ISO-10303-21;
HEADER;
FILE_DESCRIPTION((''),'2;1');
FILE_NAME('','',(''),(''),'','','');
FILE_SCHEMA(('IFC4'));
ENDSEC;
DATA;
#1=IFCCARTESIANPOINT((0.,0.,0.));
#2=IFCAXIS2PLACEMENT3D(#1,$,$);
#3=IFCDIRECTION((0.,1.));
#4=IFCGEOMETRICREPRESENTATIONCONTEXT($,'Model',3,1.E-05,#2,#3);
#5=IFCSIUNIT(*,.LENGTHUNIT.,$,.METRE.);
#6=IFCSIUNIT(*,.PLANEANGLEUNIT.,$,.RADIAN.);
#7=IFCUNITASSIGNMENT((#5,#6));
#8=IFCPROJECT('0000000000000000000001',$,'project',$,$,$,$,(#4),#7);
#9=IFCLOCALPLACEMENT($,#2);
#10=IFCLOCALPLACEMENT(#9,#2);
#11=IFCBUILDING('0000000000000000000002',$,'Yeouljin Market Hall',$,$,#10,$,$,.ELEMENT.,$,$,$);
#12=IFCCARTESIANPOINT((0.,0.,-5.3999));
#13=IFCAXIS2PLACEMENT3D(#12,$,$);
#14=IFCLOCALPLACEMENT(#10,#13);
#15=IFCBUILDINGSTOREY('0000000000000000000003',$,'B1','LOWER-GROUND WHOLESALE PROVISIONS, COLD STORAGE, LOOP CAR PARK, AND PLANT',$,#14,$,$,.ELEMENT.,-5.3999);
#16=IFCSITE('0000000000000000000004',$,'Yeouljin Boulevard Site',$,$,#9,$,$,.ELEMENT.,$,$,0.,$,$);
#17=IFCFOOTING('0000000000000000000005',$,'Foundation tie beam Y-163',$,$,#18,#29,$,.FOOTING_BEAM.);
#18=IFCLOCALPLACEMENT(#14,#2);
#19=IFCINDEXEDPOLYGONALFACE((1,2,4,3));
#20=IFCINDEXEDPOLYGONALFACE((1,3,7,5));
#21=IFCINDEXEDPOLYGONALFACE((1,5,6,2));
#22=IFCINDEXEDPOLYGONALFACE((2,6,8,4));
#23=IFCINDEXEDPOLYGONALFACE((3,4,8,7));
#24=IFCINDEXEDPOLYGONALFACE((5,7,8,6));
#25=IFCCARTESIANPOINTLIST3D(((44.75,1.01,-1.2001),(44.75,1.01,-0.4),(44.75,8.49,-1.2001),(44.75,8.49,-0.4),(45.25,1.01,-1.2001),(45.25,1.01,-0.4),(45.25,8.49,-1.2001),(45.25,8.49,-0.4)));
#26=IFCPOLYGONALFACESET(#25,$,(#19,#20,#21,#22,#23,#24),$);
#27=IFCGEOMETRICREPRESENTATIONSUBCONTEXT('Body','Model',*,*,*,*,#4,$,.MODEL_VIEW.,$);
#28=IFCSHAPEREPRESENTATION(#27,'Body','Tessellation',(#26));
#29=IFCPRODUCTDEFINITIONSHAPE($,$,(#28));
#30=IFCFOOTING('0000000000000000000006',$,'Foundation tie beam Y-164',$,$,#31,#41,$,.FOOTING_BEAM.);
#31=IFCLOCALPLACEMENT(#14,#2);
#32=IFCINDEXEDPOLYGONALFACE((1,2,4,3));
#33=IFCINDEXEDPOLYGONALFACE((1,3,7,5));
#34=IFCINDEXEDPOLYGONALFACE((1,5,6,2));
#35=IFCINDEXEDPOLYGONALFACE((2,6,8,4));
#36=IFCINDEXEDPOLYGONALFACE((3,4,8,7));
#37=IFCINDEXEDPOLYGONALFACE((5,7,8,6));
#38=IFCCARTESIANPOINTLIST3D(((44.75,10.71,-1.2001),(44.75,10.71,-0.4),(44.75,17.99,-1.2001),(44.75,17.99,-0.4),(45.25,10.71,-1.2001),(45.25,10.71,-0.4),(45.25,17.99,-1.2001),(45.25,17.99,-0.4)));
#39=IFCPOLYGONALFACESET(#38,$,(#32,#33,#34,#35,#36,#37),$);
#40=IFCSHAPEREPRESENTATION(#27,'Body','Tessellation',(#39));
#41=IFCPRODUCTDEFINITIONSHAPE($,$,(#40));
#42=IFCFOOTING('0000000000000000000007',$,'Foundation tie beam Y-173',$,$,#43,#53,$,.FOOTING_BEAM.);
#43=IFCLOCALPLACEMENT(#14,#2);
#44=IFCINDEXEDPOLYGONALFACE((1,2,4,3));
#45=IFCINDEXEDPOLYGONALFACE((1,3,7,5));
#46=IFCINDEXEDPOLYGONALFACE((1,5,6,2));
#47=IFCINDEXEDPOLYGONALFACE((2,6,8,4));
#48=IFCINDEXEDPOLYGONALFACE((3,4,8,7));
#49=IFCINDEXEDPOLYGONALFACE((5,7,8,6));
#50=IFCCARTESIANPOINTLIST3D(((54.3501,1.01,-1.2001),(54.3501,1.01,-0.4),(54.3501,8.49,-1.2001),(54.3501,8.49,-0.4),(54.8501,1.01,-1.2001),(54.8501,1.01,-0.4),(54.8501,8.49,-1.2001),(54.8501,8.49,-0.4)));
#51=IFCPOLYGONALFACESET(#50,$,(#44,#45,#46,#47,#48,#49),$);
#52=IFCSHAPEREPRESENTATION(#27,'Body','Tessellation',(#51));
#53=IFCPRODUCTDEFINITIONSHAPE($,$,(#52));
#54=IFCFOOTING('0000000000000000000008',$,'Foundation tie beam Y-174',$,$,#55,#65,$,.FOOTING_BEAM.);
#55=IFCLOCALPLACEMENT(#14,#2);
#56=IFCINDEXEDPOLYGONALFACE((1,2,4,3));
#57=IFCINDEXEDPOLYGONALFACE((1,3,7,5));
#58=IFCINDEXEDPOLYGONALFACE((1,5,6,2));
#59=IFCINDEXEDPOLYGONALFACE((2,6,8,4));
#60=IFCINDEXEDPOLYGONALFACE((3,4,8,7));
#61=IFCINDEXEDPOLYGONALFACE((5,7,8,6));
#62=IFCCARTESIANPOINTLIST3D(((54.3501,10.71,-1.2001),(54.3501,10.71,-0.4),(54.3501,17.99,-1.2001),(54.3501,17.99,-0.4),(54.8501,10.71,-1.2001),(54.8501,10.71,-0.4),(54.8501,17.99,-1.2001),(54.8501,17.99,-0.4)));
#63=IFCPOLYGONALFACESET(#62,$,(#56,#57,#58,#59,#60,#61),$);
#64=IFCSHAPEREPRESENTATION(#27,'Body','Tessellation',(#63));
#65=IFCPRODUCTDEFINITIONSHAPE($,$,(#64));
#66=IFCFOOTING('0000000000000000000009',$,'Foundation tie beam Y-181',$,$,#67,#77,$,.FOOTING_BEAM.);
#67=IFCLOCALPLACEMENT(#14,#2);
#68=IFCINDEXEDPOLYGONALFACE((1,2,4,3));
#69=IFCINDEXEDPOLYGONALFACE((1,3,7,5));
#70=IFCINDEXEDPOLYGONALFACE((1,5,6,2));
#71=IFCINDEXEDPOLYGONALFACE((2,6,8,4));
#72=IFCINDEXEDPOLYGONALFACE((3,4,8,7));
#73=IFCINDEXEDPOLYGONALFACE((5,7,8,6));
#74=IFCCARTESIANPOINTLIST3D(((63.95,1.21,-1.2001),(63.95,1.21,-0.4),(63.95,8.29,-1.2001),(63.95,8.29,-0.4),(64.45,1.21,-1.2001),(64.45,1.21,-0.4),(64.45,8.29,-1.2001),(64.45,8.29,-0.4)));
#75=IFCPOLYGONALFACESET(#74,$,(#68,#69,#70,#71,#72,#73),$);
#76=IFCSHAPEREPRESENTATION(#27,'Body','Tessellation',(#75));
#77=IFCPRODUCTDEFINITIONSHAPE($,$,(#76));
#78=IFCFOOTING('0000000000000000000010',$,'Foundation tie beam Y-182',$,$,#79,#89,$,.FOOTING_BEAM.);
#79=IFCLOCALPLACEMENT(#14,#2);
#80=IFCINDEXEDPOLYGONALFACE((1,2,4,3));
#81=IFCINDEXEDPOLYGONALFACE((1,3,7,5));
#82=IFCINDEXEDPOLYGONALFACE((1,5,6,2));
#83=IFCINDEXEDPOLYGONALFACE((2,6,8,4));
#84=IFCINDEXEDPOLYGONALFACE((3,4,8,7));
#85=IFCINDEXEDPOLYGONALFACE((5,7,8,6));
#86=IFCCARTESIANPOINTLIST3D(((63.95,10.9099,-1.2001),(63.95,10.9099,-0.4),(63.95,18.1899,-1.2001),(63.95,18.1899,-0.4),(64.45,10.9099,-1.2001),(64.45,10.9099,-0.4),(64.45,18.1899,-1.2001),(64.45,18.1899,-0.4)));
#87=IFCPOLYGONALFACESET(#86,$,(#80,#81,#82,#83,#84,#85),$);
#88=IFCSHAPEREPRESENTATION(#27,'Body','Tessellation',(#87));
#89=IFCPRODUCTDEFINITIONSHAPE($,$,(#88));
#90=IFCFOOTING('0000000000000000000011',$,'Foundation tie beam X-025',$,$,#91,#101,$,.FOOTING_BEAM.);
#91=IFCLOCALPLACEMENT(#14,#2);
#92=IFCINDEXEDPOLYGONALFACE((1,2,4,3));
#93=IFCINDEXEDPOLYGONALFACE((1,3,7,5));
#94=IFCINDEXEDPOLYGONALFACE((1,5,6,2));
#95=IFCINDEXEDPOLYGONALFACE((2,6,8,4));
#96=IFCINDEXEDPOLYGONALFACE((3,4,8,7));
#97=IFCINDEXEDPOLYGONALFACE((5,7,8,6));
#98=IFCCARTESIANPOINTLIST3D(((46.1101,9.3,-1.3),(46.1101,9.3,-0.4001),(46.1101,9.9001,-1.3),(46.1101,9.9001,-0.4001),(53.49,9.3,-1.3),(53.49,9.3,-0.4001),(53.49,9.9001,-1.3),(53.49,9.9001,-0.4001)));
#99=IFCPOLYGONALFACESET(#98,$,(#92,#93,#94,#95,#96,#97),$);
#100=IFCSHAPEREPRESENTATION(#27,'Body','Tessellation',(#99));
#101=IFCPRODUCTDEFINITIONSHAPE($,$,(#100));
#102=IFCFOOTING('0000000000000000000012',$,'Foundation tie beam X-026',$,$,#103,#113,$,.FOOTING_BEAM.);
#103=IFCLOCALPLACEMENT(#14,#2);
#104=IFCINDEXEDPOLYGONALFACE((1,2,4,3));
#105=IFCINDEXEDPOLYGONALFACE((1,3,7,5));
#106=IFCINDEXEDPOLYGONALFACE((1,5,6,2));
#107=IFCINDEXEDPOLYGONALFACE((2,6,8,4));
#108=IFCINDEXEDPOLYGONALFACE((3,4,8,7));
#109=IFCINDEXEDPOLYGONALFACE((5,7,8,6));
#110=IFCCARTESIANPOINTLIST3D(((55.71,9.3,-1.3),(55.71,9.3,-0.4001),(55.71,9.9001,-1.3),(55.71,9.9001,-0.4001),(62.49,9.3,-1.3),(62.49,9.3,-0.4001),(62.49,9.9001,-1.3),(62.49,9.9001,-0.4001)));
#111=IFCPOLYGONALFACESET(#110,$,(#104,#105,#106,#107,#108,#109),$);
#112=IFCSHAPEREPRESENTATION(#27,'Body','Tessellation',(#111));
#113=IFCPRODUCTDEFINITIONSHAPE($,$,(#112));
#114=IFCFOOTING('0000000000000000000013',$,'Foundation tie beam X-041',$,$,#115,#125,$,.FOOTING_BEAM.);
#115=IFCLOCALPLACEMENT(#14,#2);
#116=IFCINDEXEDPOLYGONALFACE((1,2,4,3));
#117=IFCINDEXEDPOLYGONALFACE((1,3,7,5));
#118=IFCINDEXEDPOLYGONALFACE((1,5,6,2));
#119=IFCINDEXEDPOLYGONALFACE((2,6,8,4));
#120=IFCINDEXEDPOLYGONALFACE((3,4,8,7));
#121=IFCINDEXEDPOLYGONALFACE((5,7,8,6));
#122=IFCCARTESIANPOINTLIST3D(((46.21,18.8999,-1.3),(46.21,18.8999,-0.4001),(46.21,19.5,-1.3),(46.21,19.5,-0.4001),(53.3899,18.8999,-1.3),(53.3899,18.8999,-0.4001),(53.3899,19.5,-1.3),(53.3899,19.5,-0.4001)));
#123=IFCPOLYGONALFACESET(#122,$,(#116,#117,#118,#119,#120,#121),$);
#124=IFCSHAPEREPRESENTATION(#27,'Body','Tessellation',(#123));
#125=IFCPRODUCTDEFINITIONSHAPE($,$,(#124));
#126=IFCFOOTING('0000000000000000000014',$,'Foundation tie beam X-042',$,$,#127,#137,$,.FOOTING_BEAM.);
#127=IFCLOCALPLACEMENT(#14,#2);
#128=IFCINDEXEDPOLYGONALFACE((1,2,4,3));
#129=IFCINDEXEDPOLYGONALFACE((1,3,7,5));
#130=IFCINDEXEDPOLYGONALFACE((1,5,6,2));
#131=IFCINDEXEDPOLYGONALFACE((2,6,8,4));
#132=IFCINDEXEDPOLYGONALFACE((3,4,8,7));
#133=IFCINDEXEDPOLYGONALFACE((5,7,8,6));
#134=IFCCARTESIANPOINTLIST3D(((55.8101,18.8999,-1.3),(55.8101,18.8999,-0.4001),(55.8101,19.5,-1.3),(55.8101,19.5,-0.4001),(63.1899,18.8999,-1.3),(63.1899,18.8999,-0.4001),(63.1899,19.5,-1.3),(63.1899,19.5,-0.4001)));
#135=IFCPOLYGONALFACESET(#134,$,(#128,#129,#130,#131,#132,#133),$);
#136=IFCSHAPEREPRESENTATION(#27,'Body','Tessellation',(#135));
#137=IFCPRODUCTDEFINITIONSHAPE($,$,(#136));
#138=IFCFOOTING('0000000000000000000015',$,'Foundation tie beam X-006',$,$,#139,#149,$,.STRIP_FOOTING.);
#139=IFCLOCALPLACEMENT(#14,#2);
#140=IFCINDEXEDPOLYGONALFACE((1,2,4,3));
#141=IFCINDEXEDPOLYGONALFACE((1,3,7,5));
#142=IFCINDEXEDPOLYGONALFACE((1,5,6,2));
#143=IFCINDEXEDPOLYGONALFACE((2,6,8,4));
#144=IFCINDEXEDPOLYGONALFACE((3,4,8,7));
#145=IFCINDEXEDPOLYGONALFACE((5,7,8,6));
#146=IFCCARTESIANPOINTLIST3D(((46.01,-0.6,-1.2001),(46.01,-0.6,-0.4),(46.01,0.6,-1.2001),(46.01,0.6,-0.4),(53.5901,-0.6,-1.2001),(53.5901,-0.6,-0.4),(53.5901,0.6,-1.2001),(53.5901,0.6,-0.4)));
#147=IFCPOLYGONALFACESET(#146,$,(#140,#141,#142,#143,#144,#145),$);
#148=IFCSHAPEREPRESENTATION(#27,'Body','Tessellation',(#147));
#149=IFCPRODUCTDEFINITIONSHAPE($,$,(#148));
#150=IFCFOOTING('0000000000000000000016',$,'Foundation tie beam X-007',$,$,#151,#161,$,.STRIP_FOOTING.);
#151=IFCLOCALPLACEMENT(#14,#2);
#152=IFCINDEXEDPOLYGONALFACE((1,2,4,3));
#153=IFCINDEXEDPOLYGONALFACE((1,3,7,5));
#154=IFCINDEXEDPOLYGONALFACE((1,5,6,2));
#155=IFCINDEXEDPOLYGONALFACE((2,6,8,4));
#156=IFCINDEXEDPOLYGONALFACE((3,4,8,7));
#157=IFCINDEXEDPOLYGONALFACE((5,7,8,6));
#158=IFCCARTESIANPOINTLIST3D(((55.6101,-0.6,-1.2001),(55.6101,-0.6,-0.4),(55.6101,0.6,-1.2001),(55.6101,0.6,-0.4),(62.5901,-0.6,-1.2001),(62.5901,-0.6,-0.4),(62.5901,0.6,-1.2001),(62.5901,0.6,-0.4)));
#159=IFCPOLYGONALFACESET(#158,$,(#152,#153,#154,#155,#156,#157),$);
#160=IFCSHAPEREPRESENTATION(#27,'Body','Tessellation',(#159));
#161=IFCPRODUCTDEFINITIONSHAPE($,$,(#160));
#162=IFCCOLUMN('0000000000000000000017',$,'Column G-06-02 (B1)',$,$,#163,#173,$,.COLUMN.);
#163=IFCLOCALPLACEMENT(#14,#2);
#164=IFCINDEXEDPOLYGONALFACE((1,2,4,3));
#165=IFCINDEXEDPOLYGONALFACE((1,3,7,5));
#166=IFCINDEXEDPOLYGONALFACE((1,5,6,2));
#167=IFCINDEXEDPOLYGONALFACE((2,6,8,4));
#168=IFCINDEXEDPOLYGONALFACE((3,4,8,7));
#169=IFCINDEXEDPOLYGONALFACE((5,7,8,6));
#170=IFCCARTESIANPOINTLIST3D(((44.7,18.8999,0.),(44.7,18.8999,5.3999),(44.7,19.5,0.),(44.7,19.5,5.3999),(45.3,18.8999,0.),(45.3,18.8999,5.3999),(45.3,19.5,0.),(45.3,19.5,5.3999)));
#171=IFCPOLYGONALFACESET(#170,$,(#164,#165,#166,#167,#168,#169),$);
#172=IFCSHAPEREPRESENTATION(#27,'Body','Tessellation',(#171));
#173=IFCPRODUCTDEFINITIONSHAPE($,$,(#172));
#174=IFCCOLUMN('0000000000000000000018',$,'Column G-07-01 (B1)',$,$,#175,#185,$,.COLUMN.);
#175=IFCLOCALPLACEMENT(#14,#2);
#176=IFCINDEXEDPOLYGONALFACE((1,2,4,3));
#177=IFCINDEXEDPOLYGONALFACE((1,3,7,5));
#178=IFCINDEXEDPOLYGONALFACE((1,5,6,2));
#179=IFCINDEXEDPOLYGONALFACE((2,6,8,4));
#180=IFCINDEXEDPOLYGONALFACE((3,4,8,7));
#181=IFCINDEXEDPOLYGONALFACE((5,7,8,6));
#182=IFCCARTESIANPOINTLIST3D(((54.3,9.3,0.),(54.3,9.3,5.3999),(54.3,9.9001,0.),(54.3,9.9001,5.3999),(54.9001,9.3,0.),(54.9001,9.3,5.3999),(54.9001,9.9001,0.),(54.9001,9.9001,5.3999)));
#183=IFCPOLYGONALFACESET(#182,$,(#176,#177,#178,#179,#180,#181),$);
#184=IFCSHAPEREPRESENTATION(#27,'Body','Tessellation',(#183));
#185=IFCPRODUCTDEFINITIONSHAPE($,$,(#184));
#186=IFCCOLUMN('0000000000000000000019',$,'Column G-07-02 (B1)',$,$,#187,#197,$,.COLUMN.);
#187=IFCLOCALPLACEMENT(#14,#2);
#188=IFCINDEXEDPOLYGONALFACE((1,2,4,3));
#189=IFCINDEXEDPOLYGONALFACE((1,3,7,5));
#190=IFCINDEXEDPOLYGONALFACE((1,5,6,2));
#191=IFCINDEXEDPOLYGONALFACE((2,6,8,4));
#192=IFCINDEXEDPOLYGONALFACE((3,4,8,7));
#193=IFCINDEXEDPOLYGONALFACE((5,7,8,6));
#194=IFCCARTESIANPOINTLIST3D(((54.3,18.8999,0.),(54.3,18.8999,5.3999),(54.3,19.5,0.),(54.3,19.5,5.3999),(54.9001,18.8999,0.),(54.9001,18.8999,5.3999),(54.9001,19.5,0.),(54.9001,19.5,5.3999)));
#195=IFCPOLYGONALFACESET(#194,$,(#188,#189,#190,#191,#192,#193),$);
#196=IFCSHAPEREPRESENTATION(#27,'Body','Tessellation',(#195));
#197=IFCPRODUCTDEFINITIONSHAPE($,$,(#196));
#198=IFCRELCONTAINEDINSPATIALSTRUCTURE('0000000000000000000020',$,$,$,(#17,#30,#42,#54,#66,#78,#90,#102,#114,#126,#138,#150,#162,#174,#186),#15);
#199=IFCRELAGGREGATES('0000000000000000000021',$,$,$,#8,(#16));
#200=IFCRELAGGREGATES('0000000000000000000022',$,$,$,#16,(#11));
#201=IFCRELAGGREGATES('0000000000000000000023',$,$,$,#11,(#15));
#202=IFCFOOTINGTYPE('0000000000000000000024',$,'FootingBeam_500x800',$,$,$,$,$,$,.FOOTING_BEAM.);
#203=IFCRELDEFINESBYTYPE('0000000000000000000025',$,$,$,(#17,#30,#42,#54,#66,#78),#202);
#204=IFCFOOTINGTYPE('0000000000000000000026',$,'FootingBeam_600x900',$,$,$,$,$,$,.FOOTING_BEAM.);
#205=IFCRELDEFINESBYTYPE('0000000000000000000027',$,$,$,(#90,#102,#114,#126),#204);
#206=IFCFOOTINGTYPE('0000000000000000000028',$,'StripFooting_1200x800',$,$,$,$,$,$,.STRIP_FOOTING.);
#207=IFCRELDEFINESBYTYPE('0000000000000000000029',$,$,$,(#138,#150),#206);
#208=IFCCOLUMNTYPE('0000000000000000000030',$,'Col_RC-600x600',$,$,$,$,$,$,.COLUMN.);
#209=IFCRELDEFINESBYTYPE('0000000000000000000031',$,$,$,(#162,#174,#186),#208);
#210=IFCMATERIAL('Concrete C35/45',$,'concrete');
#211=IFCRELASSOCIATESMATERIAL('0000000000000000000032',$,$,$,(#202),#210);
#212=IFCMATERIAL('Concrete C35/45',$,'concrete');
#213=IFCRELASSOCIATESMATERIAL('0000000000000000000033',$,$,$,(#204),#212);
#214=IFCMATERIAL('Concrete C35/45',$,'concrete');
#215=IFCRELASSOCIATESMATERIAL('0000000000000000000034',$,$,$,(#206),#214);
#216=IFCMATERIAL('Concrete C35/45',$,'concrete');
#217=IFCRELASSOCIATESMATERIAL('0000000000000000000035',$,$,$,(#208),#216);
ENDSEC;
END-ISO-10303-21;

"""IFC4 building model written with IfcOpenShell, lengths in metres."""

from ifc_helpers import new_model, si_unit, direction, frame, origin, origin_2d, place, context, subcontext, project, spatial, rectangle, extrude, material, material_profile, profile_set, type_object, element, save


model = new_model("IFC4")

# Units and contexts
model_context = context("Model", 3, precision=1e-05, world=origin(), true_north=direction((0.0, 1.0)))
body_context = subcontext(model_context, "Body", "Model", "MODEL_VIEW")
ifc_project = project(units=[si_unit("LENGTHUNIT", "METRE"), si_unit("PLANEANGLEUNIT", "RADIAN")], contexts=[model_context])

# Site, building, storey
site_placement = place(None, origin())
site = spatial("IfcSite", under=ifc_project, at=site_placement, Name="Yeouljin Boulevard Site", CompositionType="ELEMENT", RefElevation=0.0)
building_placement = place(site_placement, origin())
building = spatial("IfcBuilding", under=site, at=building_placement, Name="Yeouljin Market Hall", CompositionType="ELEMENT")
storey_placement = place(building_placement, frame((0.0, 0.0, -5.3999)))
storey = spatial("IfcBuildingStorey", under=building, at=storey_placement, Name="B1", Description="LOWER-GROUND WHOLESALE PROVISIONS, COLD STORAGE, LOOP CAR PARK, AND PLANT", CompositionType="ELEMENT", Elevation=-5.3999)

# Footings
ifc_material_1 = material(Name="Concrete C35/45", Category="concrete")
ifc_material_profile_1 = material_profile(ifc_material_1, rectangle(XDim=0.5, YDim=0.8, at=origin_2d()), Name="RC-500x800")
ifc_profile_set_1 = profile_set([ifc_material_profile_1], Name="Concrete C35/45")
footing_type_1 = type_object("IfcFootingType", Name="FootingBeam_500x800", PredefinedType="FOOTING_BEAM", material=ifc_profile_set_1)
footing_1_placement = place(storey_placement, frame((45.0, 1.01, -0.8), z_axis=(0.0, 1.0, 0.0), x_axis=(-1.0, 0.0, 0.0)))
element("IfcFooting", 1, at=footing_1_placement, inside=storey, type_object=footing_type_1, Name="Foundation tie beam Y-163", PredefinedType="FOOTING_BEAM", context=body_context, shape_type="SweptSolid", body=[
    extrude(rectangle(XDim=0.5, YDim=0.8, at=origin_2d()), origin(), (0.0, 0.0, 1.0), 7.48),
])
footing_2_placement = place(storey_placement, frame((45.0, 10.71, -0.8), z_axis=(0.0, 1.0, 0.0), x_axis=(-1.0, 0.0, 0.0)))
element("IfcFooting", 2, at=footing_2_placement, inside=storey, type_object=footing_type_1, Name="Foundation tie beam Y-164", PredefinedType="FOOTING_BEAM", context=body_context, shape_type="SweptSolid", body=[
    extrude(rectangle(XDim=0.5, YDim=0.8, at=origin_2d()), origin(), (0.0, 0.0, 1.0), 7.28),
])
footing_3_placement = place(storey_placement, frame((54.6001, 1.01, -0.8), z_axis=(0.0, 1.0, 0.0), x_axis=(-1.0, 0.0, 0.0)))
element("IfcFooting", 3, at=footing_3_placement, inside=storey, type_object=footing_type_1, Name="Foundation tie beam Y-173", PredefinedType="FOOTING_BEAM", context=body_context, shape_type="SweptSolid", body=[
    extrude(rectangle(XDim=0.5, YDim=0.8, at=origin_2d()), origin(), (0.0, 0.0, 1.0), 7.48),
])
footing_4_placement = place(storey_placement, frame((54.6001, 10.71, -0.8), z_axis=(0.0, 1.0, 0.0), x_axis=(-1.0, 0.0, 0.0)))
element("IfcFooting", 4, at=footing_4_placement, inside=storey, type_object=footing_type_1, Name="Foundation tie beam Y-174", PredefinedType="FOOTING_BEAM", context=body_context, shape_type="SweptSolid", body=[
    extrude(rectangle(XDim=0.5, YDim=0.8, at=origin_2d()), origin(), (0.0, 0.0, 1.0), 7.28),
])
footing_5_placement = place(storey_placement, frame((64.2, 1.21, -0.8), z_axis=(0.0, 1.0, 0.0), x_axis=(-1.0, 0.0, 0.0)))
element("IfcFooting", 5, at=footing_5_placement, inside=storey, type_object=footing_type_1, Name="Foundation tie beam Y-181", PredefinedType="FOOTING_BEAM", context=body_context, shape_type="SweptSolid", body=[
    extrude(rectangle(XDim=0.5, YDim=0.8, at=origin_2d()), origin(), (0.0, 0.0, 1.0), 7.0801),
])
footing_6_placement = place(storey_placement, frame((64.2, 10.9099, -0.8), z_axis=(0.0, 1.0, 0.0), x_axis=(-1.0, 0.0, 0.0)))
element("IfcFooting", 6, at=footing_6_placement, inside=storey, type_object=footing_type_1, Name="Foundation tie beam Y-182", PredefinedType="FOOTING_BEAM", context=body_context, shape_type="SweptSolid", body=[
    extrude(rectangle(XDim=0.5, YDim=0.8, at=origin_2d()), origin(), (0.0, 0.0, 1.0), 7.28),
])
ifc_material_2 = material(Name="Concrete C35/45", Category="concrete")
ifc_material_profile_2 = material_profile(ifc_material_2, rectangle(XDim=0.6001, YDim=0.8999, at=origin_2d()), Name="RC-600x900")
ifc_profile_set_2 = profile_set([ifc_material_profile_2], Name="Concrete C35/45")
footing_type_2 = type_object("IfcFootingType", Name="FootingBeam_600x900", PredefinedType="FOOTING_BEAM", material=ifc_profile_set_2)
footing_7_placement = place(storey_placement, frame((46.1101, 9.6001, -0.8501), z_axis=(1.0, 0.0, 0.0), x_axis=(0.0, 1.0, 0.0)))
element("IfcFooting", 7, at=footing_7_placement, inside=storey, type_object=footing_type_2, Name="Foundation tie beam X-025", PredefinedType="FOOTING_BEAM", context=body_context, shape_type="SweptSolid", body=[
    extrude(rectangle(XDim=0.6001, YDim=0.8999, at=origin_2d()), origin(), (0.0, 0.0, 1.0), 7.3799),
])
footing_8_placement = place(storey_placement, frame((55.71, 9.6001, -0.8501), z_axis=(1.0, 0.0, 0.0), x_axis=(0.0, 1.0, 0.0)))
element("IfcFooting", 8, at=footing_8_placement, inside=storey, type_object=footing_type_2, Name="Foundation tie beam X-026", PredefinedType="FOOTING_BEAM", context=body_context, shape_type="SweptSolid", body=[
    extrude(rectangle(XDim=0.6001, YDim=0.8999, at=origin_2d()), origin(), (0.0, 0.0, 1.0), 6.78),
])
footing_9_placement = place(storey_placement, frame((46.21, 19.2, -0.8501), z_axis=(1.0, 0.0, 0.0), x_axis=(0.0, 1.0, 0.0)))
element("IfcFooting", 9, at=footing_9_placement, inside=storey, type_object=footing_type_2, Name="Foundation tie beam X-041", PredefinedType="FOOTING_BEAM", context=body_context, shape_type="SweptSolid", body=[
    extrude(rectangle(XDim=0.6001, YDim=0.8999, at=origin_2d()), origin(), (0.0, 0.0, 1.0), 7.1799),
])
footing_10_placement = place(storey_placement, frame((55.8101, 19.2, -0.8501), z_axis=(1.0, 0.0, 0.0), x_axis=(0.0, 1.0, 0.0)))
element("IfcFooting", 10, at=footing_10_placement, inside=storey, type_object=footing_type_2, Name="Foundation tie beam X-042", PredefinedType="FOOTING_BEAM", context=body_context, shape_type="SweptSolid", body=[
    extrude(rectangle(XDim=0.6001, YDim=0.8999, at=origin_2d()), origin(), (0.0, 0.0, 1.0), 7.3799),
])
ifc_material_3 = material(Name="Concrete C35/45", Category="concrete")
ifc_material_profile_3 = material_profile(ifc_material_3, rectangle(XDim=1.2, YDim=0.8, at=origin_2d()), Name="SF-1200x800")
ifc_profile_set_3 = profile_set([ifc_material_profile_3], Name="Concrete C35/45")
footing_type_3 = type_object("IfcFootingType", Name="StripFooting_1200x800", PredefinedType="STRIP_FOOTING", material=ifc_profile_set_3)
footing_11_placement = place(storey_placement, frame((46.01, 0.0, -0.8), z_axis=(1.0, 0.0, 0.0), x_axis=(0.0, 1.0, 0.0)))
element("IfcFooting", 11, at=footing_11_placement, inside=storey, type_object=footing_type_3, Name="Foundation tie beam X-006", PredefinedType="STRIP_FOOTING", context=body_context, shape_type="SweptSolid", body=[
    extrude(rectangle(XDim=1.2, YDim=0.8, at=origin_2d()), origin(), (0.0, 0.0, 1.0), 7.5801),
])
footing_12_placement = place(storey_placement, frame((55.6101, 0.0, -0.8), z_axis=(1.0, 0.0, 0.0), x_axis=(0.0, 1.0, 0.0)))
element("IfcFooting", 12, at=footing_12_placement, inside=storey, type_object=footing_type_3, Name="Foundation tie beam X-007", PredefinedType="STRIP_FOOTING", context=body_context, shape_type="SweptSolid", body=[
    extrude(rectangle(XDim=1.2, YDim=0.8, at=origin_2d()), origin(), (0.0, 0.0, 1.0), 6.98),
])

# Columns
ifc_material_4 = material(Name="Concrete C35/45", Category="concrete")
ifc_material_profile_4 = material_profile(ifc_material_4, rectangle(XDim=0.6001, YDim=0.6001, at=origin_2d()), Name="RC-600x600")
ifc_profile_set_4 = profile_set([ifc_material_profile_4], Name="Concrete C35/45")
column_type_1 = type_object("IfcColumnType", Name="Col_RC-600x600", PredefinedType="COLUMN", material=ifc_profile_set_4)
for number, where, z_axis, x_axis, name in (
    (13, (45.0, 19.2, 0.0), (0.0, 0.0, 1.0), (1.0, 0.0, 0.0), "Column G-06-02 (B1)"),
    (14, (54.6001, 9.6001, 0.0), (0.0, 0.0, 1.0), (1.0, 0.0, 0.0), "Column G-07-01 (B1)"),
    (15, (54.6001, 19.2, 0.0), (0.0, 0.0, 1.0), (1.0, 0.0, 0.0), "Column G-07-02 (B1)"),
):
    element("IfcColumn", number, at=place(storey_placement, frame(where, z_axis=z_axis, x_axis=x_axis)), inside=storey, type_object=column_type_1, Name=name, PredefinedType="COLUMN", context=body_context, shape_type="SweptSolid", body=[
        extrude(rectangle(XDim=0.6001, YDim=0.6001, at=origin_2d()), origin(), (0.0, 0.0, 1.0), 5.3999),
    ])

save(model, "model.ifc")
